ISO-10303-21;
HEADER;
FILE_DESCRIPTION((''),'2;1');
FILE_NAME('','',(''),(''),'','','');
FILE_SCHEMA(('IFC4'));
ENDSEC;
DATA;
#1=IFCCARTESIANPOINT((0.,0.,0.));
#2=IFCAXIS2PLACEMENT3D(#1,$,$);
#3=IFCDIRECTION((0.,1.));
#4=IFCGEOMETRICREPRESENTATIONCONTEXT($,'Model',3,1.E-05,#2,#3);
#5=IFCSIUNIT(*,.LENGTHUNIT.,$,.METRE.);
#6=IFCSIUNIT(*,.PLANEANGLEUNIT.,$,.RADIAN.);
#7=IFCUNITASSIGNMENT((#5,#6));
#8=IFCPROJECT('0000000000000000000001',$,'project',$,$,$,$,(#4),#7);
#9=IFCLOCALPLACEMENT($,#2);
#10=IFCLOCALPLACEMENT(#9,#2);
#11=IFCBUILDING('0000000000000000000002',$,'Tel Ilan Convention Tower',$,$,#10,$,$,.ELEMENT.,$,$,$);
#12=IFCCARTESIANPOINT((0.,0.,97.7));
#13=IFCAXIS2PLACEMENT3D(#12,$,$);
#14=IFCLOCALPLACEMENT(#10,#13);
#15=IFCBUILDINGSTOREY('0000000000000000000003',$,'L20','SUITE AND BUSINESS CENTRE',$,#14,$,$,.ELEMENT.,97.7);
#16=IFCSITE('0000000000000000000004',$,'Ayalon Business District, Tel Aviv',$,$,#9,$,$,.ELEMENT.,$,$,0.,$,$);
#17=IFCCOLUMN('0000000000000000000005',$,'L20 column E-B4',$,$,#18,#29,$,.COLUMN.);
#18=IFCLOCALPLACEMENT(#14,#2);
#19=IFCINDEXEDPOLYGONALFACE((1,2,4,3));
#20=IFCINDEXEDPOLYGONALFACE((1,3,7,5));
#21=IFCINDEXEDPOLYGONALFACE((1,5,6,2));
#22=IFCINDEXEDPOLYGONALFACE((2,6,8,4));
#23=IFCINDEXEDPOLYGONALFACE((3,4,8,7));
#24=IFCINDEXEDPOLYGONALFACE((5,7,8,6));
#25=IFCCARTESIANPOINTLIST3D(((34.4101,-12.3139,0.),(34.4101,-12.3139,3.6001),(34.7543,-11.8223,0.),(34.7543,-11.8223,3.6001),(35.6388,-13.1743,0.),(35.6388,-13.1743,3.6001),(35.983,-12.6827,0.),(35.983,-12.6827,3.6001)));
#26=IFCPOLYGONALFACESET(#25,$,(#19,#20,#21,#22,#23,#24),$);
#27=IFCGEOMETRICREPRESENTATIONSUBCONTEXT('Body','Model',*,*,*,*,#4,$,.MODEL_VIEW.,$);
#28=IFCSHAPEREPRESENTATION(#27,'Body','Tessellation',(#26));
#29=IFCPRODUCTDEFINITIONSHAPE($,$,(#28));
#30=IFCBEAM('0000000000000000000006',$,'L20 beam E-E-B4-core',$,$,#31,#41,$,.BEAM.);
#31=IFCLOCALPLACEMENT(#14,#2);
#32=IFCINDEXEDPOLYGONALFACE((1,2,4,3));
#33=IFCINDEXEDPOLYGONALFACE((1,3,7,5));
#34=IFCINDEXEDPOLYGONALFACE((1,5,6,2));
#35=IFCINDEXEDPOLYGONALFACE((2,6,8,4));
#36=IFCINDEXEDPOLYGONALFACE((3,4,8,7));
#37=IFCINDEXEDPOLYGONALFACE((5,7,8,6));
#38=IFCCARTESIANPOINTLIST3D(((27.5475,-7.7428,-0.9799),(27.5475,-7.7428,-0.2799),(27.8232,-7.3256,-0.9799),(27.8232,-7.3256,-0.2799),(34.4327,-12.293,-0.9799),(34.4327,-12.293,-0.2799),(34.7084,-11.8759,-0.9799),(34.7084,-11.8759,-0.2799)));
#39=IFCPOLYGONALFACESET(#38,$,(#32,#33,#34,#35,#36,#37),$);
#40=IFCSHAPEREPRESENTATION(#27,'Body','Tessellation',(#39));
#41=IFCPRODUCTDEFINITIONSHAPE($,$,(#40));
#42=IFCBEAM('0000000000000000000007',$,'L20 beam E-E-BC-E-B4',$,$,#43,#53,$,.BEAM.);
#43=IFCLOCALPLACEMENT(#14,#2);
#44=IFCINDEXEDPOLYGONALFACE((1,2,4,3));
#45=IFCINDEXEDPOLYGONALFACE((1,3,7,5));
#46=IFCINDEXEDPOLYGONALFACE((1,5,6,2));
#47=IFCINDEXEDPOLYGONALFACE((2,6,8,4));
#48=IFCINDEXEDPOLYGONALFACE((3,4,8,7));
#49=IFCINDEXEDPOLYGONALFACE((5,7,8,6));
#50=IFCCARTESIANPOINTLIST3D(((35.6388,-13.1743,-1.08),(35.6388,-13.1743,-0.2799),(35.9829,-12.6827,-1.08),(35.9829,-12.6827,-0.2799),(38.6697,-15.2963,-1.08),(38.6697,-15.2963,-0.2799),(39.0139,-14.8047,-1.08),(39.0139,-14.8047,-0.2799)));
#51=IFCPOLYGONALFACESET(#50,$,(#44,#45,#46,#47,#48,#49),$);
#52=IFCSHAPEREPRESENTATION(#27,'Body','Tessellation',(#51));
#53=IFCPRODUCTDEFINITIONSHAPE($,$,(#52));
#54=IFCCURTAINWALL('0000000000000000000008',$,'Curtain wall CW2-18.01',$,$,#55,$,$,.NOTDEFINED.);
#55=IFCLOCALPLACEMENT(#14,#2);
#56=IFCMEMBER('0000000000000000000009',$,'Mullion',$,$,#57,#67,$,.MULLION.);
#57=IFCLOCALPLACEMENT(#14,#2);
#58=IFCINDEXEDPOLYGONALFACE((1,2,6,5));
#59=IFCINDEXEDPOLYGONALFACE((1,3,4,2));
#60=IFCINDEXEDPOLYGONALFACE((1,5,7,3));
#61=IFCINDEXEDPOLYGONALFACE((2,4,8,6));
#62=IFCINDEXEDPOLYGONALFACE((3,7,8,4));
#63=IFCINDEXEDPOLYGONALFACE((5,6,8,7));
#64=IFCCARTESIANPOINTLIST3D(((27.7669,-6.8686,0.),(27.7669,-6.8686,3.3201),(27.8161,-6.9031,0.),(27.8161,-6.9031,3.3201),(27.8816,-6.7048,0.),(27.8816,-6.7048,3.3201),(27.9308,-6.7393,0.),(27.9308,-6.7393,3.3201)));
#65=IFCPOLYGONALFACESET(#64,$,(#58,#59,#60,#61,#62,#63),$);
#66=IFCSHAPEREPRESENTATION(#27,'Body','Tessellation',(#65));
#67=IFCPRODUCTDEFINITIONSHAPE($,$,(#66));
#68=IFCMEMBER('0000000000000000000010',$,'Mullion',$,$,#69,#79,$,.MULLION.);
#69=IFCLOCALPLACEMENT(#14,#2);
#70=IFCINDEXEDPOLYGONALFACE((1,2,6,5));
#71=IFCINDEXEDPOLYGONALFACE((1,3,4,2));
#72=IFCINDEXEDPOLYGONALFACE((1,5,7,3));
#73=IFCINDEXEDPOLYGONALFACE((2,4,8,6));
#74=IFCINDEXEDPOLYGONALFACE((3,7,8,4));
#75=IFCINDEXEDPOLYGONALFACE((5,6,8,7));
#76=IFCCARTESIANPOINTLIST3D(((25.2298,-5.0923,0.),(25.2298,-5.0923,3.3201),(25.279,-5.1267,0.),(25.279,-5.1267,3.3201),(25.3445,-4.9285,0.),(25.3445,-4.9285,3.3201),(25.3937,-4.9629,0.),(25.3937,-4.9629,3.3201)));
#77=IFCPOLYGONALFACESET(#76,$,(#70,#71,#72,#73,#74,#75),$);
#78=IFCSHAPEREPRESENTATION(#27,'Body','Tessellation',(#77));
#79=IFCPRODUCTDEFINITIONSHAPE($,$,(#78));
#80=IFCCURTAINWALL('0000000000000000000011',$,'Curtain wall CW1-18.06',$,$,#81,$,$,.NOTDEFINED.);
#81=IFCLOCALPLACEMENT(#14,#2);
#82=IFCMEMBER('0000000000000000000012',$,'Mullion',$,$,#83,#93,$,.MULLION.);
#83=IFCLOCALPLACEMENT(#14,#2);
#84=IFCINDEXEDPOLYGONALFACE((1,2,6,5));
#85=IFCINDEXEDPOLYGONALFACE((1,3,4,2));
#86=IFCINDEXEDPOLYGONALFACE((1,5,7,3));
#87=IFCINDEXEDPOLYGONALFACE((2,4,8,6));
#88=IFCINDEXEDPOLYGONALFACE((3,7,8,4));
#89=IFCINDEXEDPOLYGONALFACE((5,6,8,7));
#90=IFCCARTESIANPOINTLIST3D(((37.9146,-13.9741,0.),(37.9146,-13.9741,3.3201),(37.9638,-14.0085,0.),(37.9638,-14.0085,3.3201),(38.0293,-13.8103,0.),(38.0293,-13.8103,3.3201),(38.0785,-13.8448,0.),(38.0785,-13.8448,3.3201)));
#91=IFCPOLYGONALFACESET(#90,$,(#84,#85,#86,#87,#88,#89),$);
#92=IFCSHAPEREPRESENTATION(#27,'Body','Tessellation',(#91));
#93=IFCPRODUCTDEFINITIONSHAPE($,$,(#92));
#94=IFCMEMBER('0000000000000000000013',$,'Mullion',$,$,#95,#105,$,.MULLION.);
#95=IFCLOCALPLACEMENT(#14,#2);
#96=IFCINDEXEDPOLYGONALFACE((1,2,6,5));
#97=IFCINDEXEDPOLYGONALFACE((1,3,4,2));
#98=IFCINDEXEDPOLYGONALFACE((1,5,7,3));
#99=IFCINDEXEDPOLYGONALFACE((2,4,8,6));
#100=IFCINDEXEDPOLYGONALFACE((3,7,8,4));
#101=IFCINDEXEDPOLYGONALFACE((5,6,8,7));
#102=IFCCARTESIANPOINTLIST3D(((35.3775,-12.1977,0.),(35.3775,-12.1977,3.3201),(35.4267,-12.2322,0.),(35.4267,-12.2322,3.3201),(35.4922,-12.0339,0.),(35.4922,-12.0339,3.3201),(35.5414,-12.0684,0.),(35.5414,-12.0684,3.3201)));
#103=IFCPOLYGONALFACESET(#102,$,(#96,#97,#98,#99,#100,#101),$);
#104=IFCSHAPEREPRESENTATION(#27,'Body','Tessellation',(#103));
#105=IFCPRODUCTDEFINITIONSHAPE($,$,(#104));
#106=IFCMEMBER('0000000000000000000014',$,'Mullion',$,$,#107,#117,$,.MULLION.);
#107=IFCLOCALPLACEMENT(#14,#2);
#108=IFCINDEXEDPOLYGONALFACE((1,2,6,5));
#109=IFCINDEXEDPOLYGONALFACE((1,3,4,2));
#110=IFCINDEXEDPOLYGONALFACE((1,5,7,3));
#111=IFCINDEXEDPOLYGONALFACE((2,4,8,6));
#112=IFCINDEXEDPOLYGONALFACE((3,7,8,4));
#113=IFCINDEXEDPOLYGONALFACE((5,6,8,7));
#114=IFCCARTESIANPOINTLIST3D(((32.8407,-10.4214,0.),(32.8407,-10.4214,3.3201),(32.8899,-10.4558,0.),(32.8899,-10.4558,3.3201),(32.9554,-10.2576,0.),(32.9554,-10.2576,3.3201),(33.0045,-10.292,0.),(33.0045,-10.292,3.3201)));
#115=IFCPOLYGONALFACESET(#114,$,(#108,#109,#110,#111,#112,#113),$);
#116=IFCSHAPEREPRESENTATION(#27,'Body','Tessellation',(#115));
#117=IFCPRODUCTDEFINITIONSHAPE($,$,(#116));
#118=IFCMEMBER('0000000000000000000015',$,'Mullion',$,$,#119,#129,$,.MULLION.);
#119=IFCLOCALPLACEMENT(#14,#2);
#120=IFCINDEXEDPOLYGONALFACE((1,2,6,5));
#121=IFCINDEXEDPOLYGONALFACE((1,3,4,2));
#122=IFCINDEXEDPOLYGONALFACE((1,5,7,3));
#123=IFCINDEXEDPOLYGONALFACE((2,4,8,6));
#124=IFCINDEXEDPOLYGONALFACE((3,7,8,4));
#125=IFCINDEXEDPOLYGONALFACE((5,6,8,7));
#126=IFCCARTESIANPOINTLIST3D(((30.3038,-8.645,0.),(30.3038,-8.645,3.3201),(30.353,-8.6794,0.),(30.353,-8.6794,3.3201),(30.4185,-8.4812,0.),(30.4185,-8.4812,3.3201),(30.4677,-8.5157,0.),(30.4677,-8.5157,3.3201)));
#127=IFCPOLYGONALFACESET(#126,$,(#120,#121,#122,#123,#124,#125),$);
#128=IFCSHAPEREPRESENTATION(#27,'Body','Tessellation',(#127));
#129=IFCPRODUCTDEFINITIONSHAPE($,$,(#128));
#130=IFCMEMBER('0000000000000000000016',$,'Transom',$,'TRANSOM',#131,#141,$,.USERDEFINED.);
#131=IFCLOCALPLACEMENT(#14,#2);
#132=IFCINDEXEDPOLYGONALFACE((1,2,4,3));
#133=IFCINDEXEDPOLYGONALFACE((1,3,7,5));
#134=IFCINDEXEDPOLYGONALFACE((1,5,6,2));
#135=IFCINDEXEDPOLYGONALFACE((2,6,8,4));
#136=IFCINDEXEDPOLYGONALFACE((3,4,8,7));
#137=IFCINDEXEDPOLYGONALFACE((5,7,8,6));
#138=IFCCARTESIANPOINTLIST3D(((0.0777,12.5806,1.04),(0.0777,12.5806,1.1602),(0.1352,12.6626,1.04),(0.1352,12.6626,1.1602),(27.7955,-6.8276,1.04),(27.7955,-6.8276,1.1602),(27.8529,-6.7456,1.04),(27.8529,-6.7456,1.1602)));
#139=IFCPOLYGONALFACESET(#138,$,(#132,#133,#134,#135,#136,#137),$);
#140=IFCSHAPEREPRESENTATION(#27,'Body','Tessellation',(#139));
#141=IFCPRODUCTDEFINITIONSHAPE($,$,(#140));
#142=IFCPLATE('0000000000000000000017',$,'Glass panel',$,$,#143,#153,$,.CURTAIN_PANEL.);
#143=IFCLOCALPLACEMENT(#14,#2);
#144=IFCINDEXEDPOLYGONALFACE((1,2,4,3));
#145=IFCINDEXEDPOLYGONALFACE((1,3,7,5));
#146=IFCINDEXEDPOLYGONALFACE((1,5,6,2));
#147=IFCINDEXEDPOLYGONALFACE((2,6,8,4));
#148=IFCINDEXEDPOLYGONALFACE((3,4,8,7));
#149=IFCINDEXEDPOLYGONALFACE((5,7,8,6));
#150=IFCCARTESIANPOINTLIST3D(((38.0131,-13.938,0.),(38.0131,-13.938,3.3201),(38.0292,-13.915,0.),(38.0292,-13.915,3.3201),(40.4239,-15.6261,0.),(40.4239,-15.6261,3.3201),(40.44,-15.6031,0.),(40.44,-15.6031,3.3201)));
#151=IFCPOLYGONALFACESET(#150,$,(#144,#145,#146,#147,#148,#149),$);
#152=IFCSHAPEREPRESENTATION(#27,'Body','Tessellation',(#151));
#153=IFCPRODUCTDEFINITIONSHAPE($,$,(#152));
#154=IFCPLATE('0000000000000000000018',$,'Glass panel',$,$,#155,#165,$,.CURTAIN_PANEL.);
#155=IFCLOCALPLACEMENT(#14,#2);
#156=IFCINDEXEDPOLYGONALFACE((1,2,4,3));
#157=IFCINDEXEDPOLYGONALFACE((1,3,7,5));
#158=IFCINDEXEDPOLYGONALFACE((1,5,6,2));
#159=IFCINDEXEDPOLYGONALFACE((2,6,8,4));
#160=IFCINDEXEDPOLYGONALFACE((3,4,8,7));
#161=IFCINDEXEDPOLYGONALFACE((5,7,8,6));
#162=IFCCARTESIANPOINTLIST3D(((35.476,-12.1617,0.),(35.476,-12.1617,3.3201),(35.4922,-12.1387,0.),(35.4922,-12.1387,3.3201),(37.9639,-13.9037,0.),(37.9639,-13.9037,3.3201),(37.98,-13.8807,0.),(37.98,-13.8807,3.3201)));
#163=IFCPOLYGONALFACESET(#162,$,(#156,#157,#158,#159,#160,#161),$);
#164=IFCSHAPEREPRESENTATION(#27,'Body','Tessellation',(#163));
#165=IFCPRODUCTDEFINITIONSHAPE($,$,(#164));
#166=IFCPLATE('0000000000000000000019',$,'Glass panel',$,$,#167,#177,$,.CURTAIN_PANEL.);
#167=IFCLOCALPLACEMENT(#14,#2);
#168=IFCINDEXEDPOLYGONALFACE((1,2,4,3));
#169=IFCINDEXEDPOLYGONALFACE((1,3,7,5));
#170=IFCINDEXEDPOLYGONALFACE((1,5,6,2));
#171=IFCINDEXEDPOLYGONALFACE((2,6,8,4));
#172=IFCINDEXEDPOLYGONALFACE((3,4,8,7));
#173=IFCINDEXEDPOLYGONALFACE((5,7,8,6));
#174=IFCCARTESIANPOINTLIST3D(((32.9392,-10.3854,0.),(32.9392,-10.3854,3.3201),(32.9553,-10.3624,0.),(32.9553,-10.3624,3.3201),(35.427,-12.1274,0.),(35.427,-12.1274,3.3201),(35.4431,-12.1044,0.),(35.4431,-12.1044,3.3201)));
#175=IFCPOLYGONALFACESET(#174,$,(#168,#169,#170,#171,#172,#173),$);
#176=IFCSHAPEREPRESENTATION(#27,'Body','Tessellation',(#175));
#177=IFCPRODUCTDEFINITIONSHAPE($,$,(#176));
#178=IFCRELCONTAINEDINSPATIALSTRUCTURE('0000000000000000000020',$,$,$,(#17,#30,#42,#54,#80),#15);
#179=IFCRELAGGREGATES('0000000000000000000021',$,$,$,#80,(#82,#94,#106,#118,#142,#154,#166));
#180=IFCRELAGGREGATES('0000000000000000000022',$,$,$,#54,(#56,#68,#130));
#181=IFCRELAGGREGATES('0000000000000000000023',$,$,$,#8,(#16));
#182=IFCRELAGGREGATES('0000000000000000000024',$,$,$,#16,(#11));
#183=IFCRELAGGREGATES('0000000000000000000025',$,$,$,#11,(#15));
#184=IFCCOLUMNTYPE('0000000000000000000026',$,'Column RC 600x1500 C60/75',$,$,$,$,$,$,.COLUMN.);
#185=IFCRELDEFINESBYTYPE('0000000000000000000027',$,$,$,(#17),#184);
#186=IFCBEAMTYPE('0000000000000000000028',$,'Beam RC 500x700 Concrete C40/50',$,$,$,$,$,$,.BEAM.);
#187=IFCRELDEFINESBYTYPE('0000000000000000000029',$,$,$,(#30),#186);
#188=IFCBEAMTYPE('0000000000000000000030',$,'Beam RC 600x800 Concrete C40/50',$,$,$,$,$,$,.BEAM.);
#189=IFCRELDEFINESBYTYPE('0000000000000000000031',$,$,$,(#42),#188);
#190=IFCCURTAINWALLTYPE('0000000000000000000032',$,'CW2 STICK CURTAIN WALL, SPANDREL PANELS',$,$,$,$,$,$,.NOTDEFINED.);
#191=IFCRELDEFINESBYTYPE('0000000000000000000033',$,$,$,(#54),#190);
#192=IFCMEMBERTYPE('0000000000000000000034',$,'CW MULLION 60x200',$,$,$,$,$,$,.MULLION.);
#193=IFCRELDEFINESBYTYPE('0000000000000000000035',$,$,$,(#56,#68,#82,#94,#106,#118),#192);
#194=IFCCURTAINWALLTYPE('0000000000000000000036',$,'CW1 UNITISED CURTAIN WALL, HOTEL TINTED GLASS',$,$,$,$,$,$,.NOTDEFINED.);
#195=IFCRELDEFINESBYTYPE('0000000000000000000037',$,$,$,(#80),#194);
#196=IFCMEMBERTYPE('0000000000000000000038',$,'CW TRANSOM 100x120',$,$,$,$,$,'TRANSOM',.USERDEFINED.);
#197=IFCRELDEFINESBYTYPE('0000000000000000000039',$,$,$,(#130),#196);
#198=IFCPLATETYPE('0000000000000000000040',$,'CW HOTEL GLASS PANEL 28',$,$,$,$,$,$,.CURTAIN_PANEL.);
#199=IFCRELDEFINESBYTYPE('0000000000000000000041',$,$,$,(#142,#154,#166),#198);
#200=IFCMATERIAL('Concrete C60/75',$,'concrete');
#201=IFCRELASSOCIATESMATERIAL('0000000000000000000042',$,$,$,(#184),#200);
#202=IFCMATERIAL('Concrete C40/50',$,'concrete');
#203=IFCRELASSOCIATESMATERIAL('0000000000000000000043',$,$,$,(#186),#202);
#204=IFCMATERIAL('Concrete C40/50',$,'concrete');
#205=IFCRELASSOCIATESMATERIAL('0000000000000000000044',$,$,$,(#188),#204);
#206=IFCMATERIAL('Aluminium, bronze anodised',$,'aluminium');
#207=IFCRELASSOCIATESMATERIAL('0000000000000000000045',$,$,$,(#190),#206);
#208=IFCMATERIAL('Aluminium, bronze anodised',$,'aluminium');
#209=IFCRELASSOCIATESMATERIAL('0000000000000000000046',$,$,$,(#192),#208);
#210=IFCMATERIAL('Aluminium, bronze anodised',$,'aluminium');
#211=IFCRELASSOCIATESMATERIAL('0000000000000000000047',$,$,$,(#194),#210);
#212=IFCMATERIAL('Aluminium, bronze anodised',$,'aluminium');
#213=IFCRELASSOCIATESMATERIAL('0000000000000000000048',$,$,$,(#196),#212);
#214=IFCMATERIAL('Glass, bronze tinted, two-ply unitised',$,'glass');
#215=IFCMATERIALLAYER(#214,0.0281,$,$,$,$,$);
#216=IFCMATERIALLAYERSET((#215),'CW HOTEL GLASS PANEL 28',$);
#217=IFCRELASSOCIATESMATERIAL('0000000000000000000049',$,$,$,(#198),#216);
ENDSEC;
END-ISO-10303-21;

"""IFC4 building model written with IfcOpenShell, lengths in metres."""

from ifc_helpers import new_model, si_unit, direction, frame, origin, origin_2d, place, context, subcontext, project, spatial, rectangle, extrude, material, layer, layer_set, material_profile, profile_set, type_object, element, aggregate, save


model = new_model("IFC4")

# Units and contexts
model_context = context("Model", 3, precision=1e-05, world=origin(), true_north=direction((0.0, 1.0)))
body_context = subcontext(model_context, "Body", "Model", "MODEL_VIEW")
ifc_project = project(units=[si_unit("LENGTHUNIT", "METRE"), si_unit("PLANEANGLEUNIT", "RADIAN")], contexts=[model_context])

# Site, building, storey
site_placement = place(None, origin())
site = spatial("IfcSite", under=ifc_project, at=site_placement, Name="Ayalon Business District, Tel Aviv", CompositionType="ELEMENT", RefElevation=0.0)
building_placement = place(site_placement, origin())
building = spatial("IfcBuilding", under=site, at=building_placement, Name="Tel Ilan Convention Tower", CompositionType="ELEMENT")
storey_placement = place(building_placement, frame((0.0, 0.0, 97.7)))
storey = spatial("IfcBuildingStorey", under=building, at=storey_placement, Name="L20", Description="SUITE AND BUSINESS CENTRE", CompositionType="ELEMENT", Elevation=97.7)

# Column
ifc_material_1 = material(Name="Concrete C60/75", Category="concrete")
ifc_material_profile_1 = material_profile(ifc_material_1, rectangle(XDim=1.5, YDim=0.6001, at=origin_2d()), Name="RC 600x1500")
ifc_profile_set_1 = profile_set([ifc_material_profile_1], Name="Concrete C60/75")
column_type = type_object("IfcColumnType", Name="Column RC 600x1500 C60/75", PredefinedType="COLUMN", material=ifc_profile_set_1)
column_placement = place(storey_placement, frame((35.1965, -12.4983, 0.0), z_axis=(0.0, 0.0, 1.0), x_axis=(0.819152, -0.573576, 0.0)))
element("IfcColumn", 1, at=column_placement, inside=storey, type_object=column_type, Name="L20 column E-B4", PredefinedType="COLUMN", context=body_context, shape_type="SweptSolid", body=[
    extrude(rectangle(XDim=1.5, YDim=0.6001, at=origin_2d()), origin(), (0.0, 0.0, 1.0), 3.6001),
])

# Beams
ifc_material_2 = material(Name="Concrete C40/50", Category="concrete")
ifc_material_profile_2 = material_profile(ifc_material_2, rectangle(XDim=0.5, YDim=0.7, at=origin_2d()), Name="RC 500x700")
ifc_profile_set_2 = profile_set([ifc_material_profile_2], Name="Concrete C40/50")
beam_type_1 = type_object("IfcBeamType", Name="Beam RC 500x700 Concrete C40/50", PredefinedType="BEAM", material=ifc_profile_set_2)
beam_1_placement = place(storey_placement, frame((34.5706, -12.0845, -0.6299), z_axis=(-0.834274, 0.551351, 0.0), x_axis=(-0.551351, -0.834274, 0.0)))
element("IfcBeam", 2, at=beam_1_placement, inside=storey, type_object=beam_type_1, Name="L20 beam E-E-B4-core", PredefinedType="BEAM", context=body_context, shape_type="SweptSolid", body=[
    extrude(rectangle(XDim=0.5, YDim=0.7, at=origin_2d()), origin(), (0.0, 0.0, 1.0), 8.2529),
])
ifc_material_3 = material(Name="Concrete C40/50", Category="concrete")
ifc_material_profile_3 = material_profile(ifc_material_3, rectangle(XDim=0.6001, YDim=0.8, at=origin_2d()), Name="RC 600x800")
ifc_profile_set_3 = profile_set([ifc_material_profile_3], Name="Concrete C40/50")
beam_type_2 = type_object("IfcBeamType", Name="Beam RC 600x800 Concrete C40/50", PredefinedType="BEAM", material=ifc_profile_set_3)
beam_2_placement = place(storey_placement, frame((38.8418, -15.0505, -0.6799), z_axis=(-0.819185, 0.573529, 0.0), x_axis=(-0.573529, -0.819185, 0.0)))
element("IfcBeam", 3, at=beam_2_placement, inside=storey, type_object=beam_type_2, Name="L20 beam E-E-BC-E-B4", PredefinedType="BEAM", context=body_context, shape_type="SweptSolid", body=[
    extrude(rectangle(XDim=0.6001, YDim=0.8, at=origin_2d()), origin(), (0.0, 0.0, 1.0), 3.7),
])

# Curtain walls, members
ifc_material_4 = material(Name="Aluminium, bronze anodised", Category="aluminium")
curtain_wall_type_1 = type_object("IfcCurtainWallType", Name="CW2 STICK CURTAIN WALL, SPANDREL PANELS", PredefinedType="NOTDEFINED", material=ifc_material_4)
curtain_wall_1_placement = place(storey_placement, origin())
curtain_wall_1 = element("IfcCurtainWall", 4, at=curtain_wall_1_placement, inside=storey, type_object=curtain_wall_type_1, Name="Curtain wall CW2-18.01", PredefinedType="NOTDEFINED")
ifc_material_5 = material(Name="Aluminium, bronze anodised", Category="aluminium")
ifc_material_profile_4 = material_profile(ifc_material_5, rectangle(XDim=0.0601, YDim=0.2, at=origin_2d()), Name="CW MULLION 60x200")
ifc_profile_set_4 = profile_set([ifc_material_profile_4], Name="Aluminium, bronze anodised")
member_type_1 = type_object("IfcMemberType", Name="CW MULLION 60x200", PredefinedType="MULLION", material=ifc_profile_set_4)
member_1_placement = place(storey_placement, frame((27.8489, -6.804, 0.0), z_axis=(0.0, 0.0, 1.0), x_axis=(-0.819152, 0.573576, 0.0)))
member_1 = element("IfcMember", 5, at=member_1_placement, type_object=member_type_1, Name="Mullion", PredefinedType="MULLION", context=body_context, shape_type="SweptSolid", body=[
    extrude(rectangle(XDim=0.0601, YDim=0.2, at=origin_2d()), origin(), (0.0, 0.0, 1.0), 3.3201),
])
member_2_placement = place(storey_placement, frame((25.3118, -5.0276, 0.0), z_axis=(0.0, 0.0, 1.0), x_axis=(-0.819152, 0.573576, 0.0)))
member_2 = element("IfcMember", 6, at=member_2_placement, type_object=member_type_1, Name="Mullion", PredefinedType="MULLION", context=body_context, shape_type="SweptSolid", body=[
    extrude(rectangle(XDim=0.0601, YDim=0.2, at=origin_2d()), origin(), (0.0, 0.0, 1.0), 3.3201),
])
ifc_material_6 = material(Name="Aluminium, bronze anodised", Category="aluminium")
curtain_wall_type_2 = type_object("IfcCurtainWallType", Name="CW1 UNITISED CURTAIN WALL, HOTEL TINTED GLASS", PredefinedType="NOTDEFINED", material=ifc_material_6)
curtain_wall_2_placement = place(storey_placement, origin())
curtain_wall_2 = element("IfcCurtainWall", 7, at=curtain_wall_2_placement, inside=storey, type_object=curtain_wall_type_2, Name="Curtain wall CW1-18.06", PredefinedType="NOTDEFINED")
member_3_placement = place(storey_placement, frame((37.9966, -13.9094, 0.0), z_axis=(0.0, 0.0, 1.0), x_axis=(-0.819152, 0.573576, 0.0)))
member_3 = element("IfcMember", 8, at=member_3_placement, type_object=member_type_1, Name="Mullion", PredefinedType="MULLION", context=body_context, shape_type="SweptSolid", body=[
    extrude(rectangle(XDim=0.0601, YDim=0.2, at=origin_2d()), origin(), (0.0, 0.0, 1.0), 3.3201),
])
member_4_placement = place(storey_placement, frame((35.4595, -12.1331, 0.0), z_axis=(0.0, 0.0, 1.0), x_axis=(-0.819152, 0.573576, 0.0)))
member_4 = element("IfcMember", 9, at=member_4_placement, type_object=member_type_1, Name="Mullion", PredefinedType="MULLION", context=body_context, shape_type="SweptSolid", body=[
    extrude(rectangle(XDim=0.0601, YDim=0.2, at=origin_2d()), origin(), (0.0, 0.0, 1.0), 3.3201),
])
member_5_placement = place(storey_placement, frame((32.9226, -10.3567, 0.0), z_axis=(0.0, 0.0, 1.0), x_axis=(-0.819152, 0.573576, 0.0)))
member_5 = element("IfcMember", 10, at=member_5_placement, type_object=member_type_1, Name="Mullion", PredefinedType="MULLION", context=body_context, shape_type="SweptSolid", body=[
    extrude(rectangle(XDim=0.0601, YDim=0.2, at=origin_2d()), origin(), (0.0, 0.0, 1.0), 3.3201),
])
member_6_placement = place(storey_placement, frame((30.3857, -8.5803, 0.0), z_axis=(0.0, 0.0, 1.0), x_axis=(-0.819152, 0.573576, 0.0)))
member_6 = element("IfcMember", 11, at=member_6_placement, type_object=member_type_1, Name="Mullion", PredefinedType="MULLION", context=body_context, shape_type="SweptSolid", body=[
    extrude(rectangle(XDim=0.0601, YDim=0.2, at=origin_2d()), origin(), (0.0, 0.0, 1.0), 3.3201),
])

# Member
ifc_material_7 = material(Name="Aluminium, bronze anodised", Category="aluminium")
ifc_material_profile_5 = material_profile(ifc_material_7, rectangle(XDim=0.1001, YDim=0.1201, at=origin_2d()), Name="CW TRANSOM 100x120")
ifc_profile_set_5 = profile_set([ifc_material_profile_5], Name="Aluminium, bronze anodised")
member_type_2 = type_object("IfcMemberType", Name="CW TRANSOM 100x120", ElementType="TRANSOM", PredefinedType="USERDEFINED", material=ifc_profile_set_5)
member_7_placement = place(storey_placement, frame((27.8242, -6.7866, 1.1001), z_axis=(-0.819152, 0.573577, 0.0), x_axis=(-0.573577, -0.819152, 0.0)))
member_7 = element("IfcMember", 12, at=member_7_placement, type_object=member_type_2, Name="Transom", ObjectType="TRANSOM", PredefinedType="USERDEFINED", context=body_context, shape_type="SweptSolid", body=[
    extrude(rectangle(XDim=0.1001, YDim=0.1201, at=origin_2d()), origin(), (0.0, 0.0, 1.0), 33.8372),
])

# Plates
ifc_material_8 = material(Name="Glass, bronze tinted, two-ply unitised", Category="glass")
ifc_layer_1 = layer(ifc_material_8, 0.0281)
ifc_layer_set_1 = layer_set([ifc_layer_1], Name="CW HOTEL GLASS PANEL 28")
plate_type_1 = type_object("IfcPlateType", Name="CW HOTEL GLASS PANEL 28", PredefinedType="CURTAIN_PANEL", material=ifc_layer_set_1)
plate_1_placement = place(storey_placement, frame((39.2266, -14.7705, 0.0), z_axis=(0.0, 0.0, 1.0), x_axis=(-0.819152, 0.573576, 0.0)))
plate_1 = element("IfcPlate", 13, at=plate_1_placement, type_object=plate_type_1, Name="Glass panel", PredefinedType="CURTAIN_PANEL", context=body_context, shape_type="SweptSolid", body=[
    extrude(rectangle(XDim=2.9431, YDim=0.0281, at=origin_2d()), origin(), (0.0, 0.0, 1.0), 3.3201),
])
plate_2_placement = place(storey_placement, frame((36.728, -13.0212, 0.0), z_axis=(0.0, 0.0, 1.0), x_axis=(-0.819152, 0.573576, 0.0)))
plate_2 = element("IfcPlate", 14, at=plate_2_placement, type_object=plate_type_1, Name="Glass panel", PredefinedType="CURTAIN_PANEL", context=body_context, shape_type="SweptSolid", body=[
    extrude(rectangle(XDim=3.0371, YDim=0.0281, at=origin_2d()), origin(), (0.0, 0.0, 1.0), 3.3201),
])
plate_3_placement = place(storey_placement, frame((34.1912, -11.2449, 0.0), z_axis=(0.0, 0.0, 1.0), x_axis=(-0.819152, 0.573576, 0.0)))
plate_3 = element("IfcPlate", 15, at=plate_3_placement, type_object=plate_type_1, Name="Glass panel", PredefinedType="CURTAIN_PANEL", context=body_context, shape_type="SweptSolid", body=[
    extrude(rectangle(XDim=3.0371, YDim=0.0281, at=origin_2d()), origin(), (0.0, 0.0, 1.0), 3.3201),
])
aggregate(curtain_wall_2, [member_3, member_4, member_5, member_6, plate_1, plate_2, plate_3])
aggregate(curtain_wall_1, [member_1, member_2, member_7])

save(model, "model.ifc")
